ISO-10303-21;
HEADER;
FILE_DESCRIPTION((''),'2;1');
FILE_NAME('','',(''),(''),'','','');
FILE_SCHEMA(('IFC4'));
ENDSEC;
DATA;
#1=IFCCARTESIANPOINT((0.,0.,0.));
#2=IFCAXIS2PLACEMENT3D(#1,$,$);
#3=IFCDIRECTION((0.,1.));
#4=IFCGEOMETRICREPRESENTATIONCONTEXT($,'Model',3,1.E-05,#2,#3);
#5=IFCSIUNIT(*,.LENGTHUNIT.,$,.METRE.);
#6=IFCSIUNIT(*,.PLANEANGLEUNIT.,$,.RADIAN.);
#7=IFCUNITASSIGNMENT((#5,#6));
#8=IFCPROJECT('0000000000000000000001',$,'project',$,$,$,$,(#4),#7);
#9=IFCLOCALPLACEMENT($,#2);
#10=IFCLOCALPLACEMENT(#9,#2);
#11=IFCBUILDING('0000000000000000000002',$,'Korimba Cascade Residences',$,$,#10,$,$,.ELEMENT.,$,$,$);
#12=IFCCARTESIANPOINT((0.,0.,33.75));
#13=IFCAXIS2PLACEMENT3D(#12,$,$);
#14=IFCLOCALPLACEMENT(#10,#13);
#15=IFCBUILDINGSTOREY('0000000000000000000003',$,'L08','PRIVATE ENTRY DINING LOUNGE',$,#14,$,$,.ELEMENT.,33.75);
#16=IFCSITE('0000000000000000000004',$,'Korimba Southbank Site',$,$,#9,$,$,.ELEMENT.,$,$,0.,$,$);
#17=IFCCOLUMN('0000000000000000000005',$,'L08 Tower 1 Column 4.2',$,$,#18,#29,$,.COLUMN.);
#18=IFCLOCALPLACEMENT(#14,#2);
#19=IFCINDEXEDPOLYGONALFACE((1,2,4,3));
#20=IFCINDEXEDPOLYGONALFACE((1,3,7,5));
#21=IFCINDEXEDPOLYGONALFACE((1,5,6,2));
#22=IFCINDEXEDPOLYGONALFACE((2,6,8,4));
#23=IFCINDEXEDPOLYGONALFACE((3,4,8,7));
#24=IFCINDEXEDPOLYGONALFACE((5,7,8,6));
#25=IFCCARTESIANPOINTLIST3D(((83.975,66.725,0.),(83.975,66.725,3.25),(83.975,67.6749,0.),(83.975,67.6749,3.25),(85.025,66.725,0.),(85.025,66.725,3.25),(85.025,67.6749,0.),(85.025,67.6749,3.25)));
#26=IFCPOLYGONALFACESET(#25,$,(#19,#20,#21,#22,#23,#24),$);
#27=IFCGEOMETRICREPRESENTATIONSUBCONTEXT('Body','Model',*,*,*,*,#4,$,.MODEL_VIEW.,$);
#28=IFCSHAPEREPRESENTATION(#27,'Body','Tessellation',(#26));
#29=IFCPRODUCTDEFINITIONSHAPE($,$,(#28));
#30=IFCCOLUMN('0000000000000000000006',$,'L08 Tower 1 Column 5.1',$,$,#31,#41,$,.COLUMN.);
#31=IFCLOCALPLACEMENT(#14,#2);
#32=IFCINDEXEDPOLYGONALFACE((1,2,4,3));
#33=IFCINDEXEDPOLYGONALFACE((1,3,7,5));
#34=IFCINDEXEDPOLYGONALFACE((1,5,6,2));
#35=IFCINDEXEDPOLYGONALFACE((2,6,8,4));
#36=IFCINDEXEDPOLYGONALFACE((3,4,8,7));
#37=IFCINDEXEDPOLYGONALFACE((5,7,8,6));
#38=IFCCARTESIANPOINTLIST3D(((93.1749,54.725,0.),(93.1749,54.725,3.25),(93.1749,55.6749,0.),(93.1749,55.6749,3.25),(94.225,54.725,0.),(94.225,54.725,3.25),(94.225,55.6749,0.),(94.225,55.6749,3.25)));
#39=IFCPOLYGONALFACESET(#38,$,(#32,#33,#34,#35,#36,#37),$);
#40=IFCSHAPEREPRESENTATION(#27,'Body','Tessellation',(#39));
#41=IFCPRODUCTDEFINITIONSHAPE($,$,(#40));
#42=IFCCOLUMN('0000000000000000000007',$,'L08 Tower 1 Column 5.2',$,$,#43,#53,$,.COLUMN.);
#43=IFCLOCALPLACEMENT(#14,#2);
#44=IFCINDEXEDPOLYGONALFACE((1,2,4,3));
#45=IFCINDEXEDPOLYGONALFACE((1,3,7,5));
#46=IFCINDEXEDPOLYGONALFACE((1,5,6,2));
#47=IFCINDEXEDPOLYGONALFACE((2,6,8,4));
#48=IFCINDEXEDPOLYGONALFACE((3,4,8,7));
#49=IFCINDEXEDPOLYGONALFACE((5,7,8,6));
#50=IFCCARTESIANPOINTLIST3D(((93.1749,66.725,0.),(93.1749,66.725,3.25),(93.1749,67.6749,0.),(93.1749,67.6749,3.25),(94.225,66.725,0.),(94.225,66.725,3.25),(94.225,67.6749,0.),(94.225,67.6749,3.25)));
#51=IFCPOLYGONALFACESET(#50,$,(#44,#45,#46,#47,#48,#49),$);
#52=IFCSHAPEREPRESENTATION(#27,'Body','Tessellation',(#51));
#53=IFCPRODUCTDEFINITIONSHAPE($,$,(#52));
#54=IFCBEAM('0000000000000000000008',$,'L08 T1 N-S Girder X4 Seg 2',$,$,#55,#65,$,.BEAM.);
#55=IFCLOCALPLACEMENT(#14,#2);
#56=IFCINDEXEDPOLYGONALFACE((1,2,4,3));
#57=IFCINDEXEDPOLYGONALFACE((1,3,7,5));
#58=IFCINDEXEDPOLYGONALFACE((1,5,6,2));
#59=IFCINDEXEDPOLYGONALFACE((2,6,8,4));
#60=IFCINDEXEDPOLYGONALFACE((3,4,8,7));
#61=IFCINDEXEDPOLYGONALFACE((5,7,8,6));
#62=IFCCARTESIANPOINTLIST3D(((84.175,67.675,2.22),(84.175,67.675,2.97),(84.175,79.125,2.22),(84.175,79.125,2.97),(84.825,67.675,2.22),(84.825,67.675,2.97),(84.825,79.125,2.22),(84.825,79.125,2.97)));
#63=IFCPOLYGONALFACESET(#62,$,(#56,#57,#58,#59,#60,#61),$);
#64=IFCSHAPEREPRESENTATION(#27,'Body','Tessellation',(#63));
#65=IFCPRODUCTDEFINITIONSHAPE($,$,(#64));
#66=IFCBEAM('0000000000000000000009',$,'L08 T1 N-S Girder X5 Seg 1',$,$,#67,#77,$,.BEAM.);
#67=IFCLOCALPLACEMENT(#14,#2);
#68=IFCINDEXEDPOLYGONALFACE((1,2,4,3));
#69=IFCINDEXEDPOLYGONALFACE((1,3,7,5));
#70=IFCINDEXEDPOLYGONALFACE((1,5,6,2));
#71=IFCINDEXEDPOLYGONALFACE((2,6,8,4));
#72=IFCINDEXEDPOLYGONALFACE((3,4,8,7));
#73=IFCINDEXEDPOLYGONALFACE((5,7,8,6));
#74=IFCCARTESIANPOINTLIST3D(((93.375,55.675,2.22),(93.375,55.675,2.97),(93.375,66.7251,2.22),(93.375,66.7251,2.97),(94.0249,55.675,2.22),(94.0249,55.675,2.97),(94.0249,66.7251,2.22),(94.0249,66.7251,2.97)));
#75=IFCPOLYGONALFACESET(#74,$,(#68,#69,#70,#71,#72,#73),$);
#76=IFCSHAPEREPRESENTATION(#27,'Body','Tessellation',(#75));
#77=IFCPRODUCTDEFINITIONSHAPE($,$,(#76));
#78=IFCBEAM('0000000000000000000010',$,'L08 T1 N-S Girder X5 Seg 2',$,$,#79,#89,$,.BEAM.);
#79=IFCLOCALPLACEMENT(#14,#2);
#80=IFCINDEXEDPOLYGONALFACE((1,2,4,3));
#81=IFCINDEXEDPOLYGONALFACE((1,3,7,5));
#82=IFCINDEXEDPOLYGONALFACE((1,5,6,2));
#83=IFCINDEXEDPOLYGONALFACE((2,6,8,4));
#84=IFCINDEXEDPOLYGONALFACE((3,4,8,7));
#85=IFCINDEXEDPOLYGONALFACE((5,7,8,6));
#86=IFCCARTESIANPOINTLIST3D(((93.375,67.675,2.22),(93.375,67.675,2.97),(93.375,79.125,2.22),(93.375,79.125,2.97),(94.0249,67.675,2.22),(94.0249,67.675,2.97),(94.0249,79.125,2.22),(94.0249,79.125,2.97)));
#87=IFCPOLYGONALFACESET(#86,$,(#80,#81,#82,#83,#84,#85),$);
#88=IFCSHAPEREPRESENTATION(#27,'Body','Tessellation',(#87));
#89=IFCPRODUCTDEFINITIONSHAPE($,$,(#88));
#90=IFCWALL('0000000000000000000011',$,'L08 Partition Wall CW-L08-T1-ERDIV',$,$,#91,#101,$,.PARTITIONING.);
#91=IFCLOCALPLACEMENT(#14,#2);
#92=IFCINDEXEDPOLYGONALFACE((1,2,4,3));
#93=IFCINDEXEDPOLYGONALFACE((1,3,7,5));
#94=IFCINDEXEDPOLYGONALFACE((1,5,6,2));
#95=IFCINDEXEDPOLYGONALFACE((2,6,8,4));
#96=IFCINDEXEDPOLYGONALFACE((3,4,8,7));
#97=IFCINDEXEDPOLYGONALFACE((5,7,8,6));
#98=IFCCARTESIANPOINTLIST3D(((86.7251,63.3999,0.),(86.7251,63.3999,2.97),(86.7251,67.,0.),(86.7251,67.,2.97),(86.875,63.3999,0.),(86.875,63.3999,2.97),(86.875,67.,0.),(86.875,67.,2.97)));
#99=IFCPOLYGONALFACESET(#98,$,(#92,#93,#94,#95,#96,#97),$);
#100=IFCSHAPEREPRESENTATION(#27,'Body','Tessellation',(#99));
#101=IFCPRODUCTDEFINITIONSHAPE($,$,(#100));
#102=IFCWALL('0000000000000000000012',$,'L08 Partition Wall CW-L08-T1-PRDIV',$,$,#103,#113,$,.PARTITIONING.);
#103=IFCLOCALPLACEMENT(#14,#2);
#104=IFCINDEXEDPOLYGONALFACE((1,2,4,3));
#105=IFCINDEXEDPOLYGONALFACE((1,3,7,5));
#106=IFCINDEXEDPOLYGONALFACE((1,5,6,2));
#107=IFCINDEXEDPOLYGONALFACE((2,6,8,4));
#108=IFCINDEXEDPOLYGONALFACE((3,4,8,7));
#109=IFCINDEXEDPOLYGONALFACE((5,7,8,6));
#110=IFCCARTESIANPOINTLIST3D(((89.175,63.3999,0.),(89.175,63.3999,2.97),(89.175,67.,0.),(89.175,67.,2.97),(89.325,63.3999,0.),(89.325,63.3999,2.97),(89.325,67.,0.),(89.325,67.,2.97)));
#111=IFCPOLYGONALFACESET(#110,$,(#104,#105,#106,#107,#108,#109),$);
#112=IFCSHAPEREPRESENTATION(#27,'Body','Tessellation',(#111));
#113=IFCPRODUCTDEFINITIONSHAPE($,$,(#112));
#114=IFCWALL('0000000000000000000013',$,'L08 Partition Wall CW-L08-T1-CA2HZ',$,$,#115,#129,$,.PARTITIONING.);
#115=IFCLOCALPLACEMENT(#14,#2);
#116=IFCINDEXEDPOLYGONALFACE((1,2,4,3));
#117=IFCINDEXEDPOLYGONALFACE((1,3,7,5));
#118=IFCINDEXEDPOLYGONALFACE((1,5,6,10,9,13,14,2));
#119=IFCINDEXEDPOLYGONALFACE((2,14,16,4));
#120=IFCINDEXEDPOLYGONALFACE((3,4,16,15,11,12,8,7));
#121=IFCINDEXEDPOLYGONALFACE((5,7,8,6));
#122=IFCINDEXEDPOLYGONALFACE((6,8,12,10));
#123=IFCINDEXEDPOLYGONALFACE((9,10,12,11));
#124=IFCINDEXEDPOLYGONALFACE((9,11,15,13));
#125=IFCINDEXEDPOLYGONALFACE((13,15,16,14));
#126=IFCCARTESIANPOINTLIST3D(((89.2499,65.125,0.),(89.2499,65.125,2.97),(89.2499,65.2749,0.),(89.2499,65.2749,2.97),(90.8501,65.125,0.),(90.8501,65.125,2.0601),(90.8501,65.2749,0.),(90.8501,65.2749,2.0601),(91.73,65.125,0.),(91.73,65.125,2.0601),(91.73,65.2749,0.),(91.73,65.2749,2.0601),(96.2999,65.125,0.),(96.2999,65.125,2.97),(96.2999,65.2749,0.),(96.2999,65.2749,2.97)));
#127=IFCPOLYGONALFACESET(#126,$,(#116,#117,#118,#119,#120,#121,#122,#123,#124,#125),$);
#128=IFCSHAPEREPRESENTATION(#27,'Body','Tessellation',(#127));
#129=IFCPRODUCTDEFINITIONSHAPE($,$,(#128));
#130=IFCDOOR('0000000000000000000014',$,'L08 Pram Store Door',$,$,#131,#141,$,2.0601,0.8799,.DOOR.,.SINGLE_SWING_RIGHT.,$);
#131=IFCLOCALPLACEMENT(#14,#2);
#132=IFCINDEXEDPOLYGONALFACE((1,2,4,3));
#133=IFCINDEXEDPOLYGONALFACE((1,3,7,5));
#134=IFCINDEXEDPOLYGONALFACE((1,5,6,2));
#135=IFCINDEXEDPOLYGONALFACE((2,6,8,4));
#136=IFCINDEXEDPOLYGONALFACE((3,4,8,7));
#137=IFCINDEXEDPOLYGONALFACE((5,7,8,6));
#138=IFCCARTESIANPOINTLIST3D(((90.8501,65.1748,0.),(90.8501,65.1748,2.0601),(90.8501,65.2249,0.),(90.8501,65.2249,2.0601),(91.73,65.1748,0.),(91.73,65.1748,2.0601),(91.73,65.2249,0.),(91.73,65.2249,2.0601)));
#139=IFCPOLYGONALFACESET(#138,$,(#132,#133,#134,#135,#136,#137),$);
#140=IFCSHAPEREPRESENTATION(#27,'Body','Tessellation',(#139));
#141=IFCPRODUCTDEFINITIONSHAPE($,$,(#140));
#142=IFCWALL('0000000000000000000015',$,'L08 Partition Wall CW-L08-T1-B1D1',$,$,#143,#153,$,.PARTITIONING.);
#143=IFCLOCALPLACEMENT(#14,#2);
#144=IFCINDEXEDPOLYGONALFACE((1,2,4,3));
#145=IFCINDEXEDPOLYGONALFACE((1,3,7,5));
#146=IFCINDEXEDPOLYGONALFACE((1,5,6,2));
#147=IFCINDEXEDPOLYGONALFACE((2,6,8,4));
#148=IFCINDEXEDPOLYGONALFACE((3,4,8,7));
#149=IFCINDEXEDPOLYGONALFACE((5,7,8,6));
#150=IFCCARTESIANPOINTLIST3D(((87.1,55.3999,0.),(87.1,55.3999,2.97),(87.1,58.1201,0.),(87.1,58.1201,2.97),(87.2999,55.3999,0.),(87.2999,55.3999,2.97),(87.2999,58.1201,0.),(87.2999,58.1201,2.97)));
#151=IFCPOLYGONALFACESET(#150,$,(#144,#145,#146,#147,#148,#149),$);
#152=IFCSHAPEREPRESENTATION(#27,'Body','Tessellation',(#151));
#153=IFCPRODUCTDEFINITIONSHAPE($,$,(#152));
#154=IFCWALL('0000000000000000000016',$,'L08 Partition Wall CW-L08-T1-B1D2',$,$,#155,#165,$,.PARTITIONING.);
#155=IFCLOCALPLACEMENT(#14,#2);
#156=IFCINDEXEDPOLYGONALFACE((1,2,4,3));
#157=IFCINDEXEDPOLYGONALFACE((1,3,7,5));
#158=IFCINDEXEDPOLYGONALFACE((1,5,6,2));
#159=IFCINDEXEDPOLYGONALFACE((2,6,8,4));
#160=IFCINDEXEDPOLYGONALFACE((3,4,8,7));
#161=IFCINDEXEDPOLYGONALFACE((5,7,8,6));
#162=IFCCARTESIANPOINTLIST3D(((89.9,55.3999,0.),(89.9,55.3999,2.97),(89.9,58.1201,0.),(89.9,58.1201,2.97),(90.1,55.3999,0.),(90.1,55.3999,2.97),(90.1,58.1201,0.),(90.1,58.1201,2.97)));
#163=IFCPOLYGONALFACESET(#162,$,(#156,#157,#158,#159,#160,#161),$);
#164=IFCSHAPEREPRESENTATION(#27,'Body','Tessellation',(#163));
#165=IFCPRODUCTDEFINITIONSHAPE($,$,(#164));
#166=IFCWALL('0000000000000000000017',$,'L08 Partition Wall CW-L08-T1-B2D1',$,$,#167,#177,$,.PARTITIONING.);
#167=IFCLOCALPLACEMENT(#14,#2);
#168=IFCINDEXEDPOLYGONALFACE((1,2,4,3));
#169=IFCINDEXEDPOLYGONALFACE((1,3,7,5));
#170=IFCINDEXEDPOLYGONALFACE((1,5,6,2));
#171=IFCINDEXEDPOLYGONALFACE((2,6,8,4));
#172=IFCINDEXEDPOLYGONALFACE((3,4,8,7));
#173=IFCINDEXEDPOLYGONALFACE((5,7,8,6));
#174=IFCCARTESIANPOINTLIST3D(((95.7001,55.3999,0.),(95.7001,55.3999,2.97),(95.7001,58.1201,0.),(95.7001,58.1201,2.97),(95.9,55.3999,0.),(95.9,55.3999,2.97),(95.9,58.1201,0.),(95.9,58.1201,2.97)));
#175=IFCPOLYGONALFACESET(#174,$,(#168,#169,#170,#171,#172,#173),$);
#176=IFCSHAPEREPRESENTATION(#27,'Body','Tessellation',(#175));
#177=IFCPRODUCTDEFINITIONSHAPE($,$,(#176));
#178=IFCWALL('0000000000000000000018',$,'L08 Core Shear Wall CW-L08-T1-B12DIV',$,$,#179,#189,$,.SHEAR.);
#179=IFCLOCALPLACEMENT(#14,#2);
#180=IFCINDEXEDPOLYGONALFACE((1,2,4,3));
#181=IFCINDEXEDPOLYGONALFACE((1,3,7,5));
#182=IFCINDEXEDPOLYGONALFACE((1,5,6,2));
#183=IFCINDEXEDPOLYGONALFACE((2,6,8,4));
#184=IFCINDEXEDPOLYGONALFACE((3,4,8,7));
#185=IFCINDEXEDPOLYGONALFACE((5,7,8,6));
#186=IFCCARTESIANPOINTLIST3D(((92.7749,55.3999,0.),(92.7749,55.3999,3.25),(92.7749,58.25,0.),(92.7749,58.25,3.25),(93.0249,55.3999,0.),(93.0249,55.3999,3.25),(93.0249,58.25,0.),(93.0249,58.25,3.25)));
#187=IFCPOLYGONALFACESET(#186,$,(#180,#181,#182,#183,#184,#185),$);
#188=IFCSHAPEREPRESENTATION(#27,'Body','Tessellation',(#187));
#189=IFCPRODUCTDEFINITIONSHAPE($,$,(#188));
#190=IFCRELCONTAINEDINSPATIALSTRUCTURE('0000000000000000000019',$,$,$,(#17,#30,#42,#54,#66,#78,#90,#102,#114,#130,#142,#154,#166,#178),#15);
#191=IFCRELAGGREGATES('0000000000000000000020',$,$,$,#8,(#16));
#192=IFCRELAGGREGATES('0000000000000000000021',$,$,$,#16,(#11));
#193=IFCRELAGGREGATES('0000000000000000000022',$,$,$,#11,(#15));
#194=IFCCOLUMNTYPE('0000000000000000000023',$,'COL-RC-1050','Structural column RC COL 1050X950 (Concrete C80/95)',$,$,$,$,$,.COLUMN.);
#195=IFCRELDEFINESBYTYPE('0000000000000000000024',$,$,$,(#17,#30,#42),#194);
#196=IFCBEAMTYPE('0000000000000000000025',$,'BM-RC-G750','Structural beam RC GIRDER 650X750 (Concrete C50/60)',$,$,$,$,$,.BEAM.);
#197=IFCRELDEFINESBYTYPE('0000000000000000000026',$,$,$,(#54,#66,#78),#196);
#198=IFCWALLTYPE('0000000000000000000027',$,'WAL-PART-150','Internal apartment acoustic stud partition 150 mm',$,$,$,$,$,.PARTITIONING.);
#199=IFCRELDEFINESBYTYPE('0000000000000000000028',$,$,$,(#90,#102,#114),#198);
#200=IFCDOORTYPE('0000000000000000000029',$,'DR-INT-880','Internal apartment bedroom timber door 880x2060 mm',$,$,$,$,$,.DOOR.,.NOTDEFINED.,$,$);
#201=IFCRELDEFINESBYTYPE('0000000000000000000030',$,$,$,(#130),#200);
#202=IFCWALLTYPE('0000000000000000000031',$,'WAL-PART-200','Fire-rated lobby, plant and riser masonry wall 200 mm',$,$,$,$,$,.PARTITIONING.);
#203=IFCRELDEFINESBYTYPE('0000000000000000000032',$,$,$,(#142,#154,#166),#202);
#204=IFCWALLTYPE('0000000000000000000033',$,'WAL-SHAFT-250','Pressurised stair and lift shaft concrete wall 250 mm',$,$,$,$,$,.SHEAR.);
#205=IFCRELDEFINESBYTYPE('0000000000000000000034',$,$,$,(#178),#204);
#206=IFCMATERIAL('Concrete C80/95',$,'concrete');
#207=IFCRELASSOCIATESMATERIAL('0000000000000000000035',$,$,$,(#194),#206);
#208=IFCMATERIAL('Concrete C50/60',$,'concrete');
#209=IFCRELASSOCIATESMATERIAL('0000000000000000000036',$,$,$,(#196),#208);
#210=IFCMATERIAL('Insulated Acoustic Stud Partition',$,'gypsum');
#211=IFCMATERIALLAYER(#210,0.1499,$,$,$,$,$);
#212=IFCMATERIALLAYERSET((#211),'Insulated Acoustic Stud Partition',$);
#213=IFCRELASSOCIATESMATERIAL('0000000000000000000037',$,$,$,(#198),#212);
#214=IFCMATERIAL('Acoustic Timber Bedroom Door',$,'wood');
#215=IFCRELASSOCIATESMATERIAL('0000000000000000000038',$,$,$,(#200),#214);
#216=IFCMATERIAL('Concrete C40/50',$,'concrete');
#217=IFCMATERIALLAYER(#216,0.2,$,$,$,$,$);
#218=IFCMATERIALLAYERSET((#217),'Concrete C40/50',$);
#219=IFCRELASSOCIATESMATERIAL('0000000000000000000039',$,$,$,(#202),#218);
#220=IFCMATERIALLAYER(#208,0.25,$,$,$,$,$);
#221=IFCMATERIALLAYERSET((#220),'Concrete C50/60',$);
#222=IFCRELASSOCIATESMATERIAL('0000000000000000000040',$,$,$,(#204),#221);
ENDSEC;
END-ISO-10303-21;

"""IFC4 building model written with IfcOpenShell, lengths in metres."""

from ifc_helpers import new_model, si_unit, direction, frame, frame_2d, origin, origin_2d, place, context, subcontext, project, spatial, rectangle, extrude, material, layer, layer_set, material_profile, profile_set, type_object, element, fill, save


model = new_model("IFC4")

# Units and contexts
model_context = context("Model", 3, precision=1e-05, world=origin(), true_north=direction((0.0, 1.0)))
body_context = subcontext(model_context, "Body", "Model", "MODEL_VIEW")
ifc_project = project(units=[si_unit("LENGTHUNIT", "METRE"), si_unit("PLANEANGLEUNIT", "RADIAN")], contexts=[model_context])

# Site, building, storey
site_placement = place(None, origin())
site = spatial("IfcSite", under=ifc_project, at=site_placement, Name="Korimba Southbank Site", CompositionType="ELEMENT", RefElevation=0.0)
building_placement = place(site_placement, origin())
building = spatial("IfcBuilding", under=site, at=building_placement, Name="Korimba Cascade Residences", CompositionType="ELEMENT")
storey_placement = place(building_placement, frame((0.0, 0.0, 33.75)))
storey = spatial("IfcBuildingStorey", under=building, at=storey_placement, Name="L08", Description="PRIVATE ENTRY DINING LOUNGE", CompositionType="ELEMENT", Elevation=33.75)

# Columns
ifc_material_1 = material(Name="Concrete C80/95", Category="concrete")
ifc_material_profile_1 = material_profile(ifc_material_1, rectangle(XDim=1.05, YDim=0.95, at=origin_2d()), Name="Concrete C80/95")
ifc_profile_set_1 = profile_set([ifc_material_profile_1], Name="Concrete C80/95")
column_type = type_object("IfcColumnType", Name="COL-RC-1050", Description="Structural column RC COL 1050X950 (Concrete C80/95)", PredefinedType="COLUMN", material=ifc_profile_set_1)
for number, where, z_axis, x_axis, name in (
    (1, (84.5, 67.2, 0.0), (0.0, 0.0, 1.0), (1.0, 0.0, 0.0), "L08 Tower 1 Column 4.2"),
    (2, (93.7, 55.2, 0.0), (0.0, 0.0, 1.0), (1.0, 0.0, 0.0), "L08 Tower 1 Column 5.1"),
    (3, (93.7, 67.2, 0.0), (0.0, 0.0, 1.0), (1.0, 0.0, 0.0), "L08 Tower 1 Column 5.2"),
):
    element("IfcColumn", number, at=place(storey_placement, frame(where, z_axis=z_axis, x_axis=x_axis)), inside=storey, type_object=column_type, Name=name, PredefinedType="COLUMN", context=body_context, shape_type="SweptSolid", body=[
        extrude(rectangle(XDim=1.05, YDim=0.95, at=origin_2d()), origin(), (0.0, 0.0, 1.0), 3.25),
    ])

# Beams
ifc_material_2 = material(Name="Concrete C50/60", Category="concrete")
ifc_material_profile_2 = material_profile(ifc_material_2, rectangle(XDim=0.6499, YDim=0.75, at=origin_2d()), Name="Concrete C50/60")
ifc_profile_set_2 = profile_set([ifc_material_profile_2], Name="Concrete C50/60")
beam_type = type_object("IfcBeamType", Name="BM-RC-G750", Description="Structural beam RC GIRDER 650X750 (Concrete C50/60)", PredefinedType="BEAM", material=ifc_profile_set_2)
beam_1_placement = place(storey_placement, frame((84.5, 67.675, 2.595), z_axis=(0.0, 1.0, 0.0), x_axis=(-1.0, 0.0, 0.0)))
element("IfcBeam", 4, at=beam_1_placement, inside=storey, type_object=beam_type, Name="L08 T1 N-S Girder X4 Seg 2", PredefinedType="BEAM", context=body_context, shape_type="SweptSolid", body=[
    extrude(rectangle(XDim=0.6499, YDim=0.75, at=origin_2d()), origin(), (0.0, 0.0, 1.0), 11.45),
])
beam_2_placement = place(storey_placement, frame((93.7, 55.675, 2.595), z_axis=(0.0, 1.0, 0.0), x_axis=(-1.0, 0.0, 0.0)))
element("IfcBeam", 5, at=beam_2_placement, inside=storey, type_object=beam_type, Name="L08 T1 N-S Girder X5 Seg 1", PredefinedType="BEAM", context=body_context, shape_type="SweptSolid", body=[
    extrude(rectangle(XDim=0.6499, YDim=0.75, at=origin_2d()), origin(), (0.0, 0.0, 1.0), 11.05),
])
beam_3_placement = place(storey_placement, frame((93.7, 67.675, 2.595), z_axis=(0.0, 1.0, 0.0), x_axis=(-1.0, 0.0, 0.0)))
element("IfcBeam", 6, at=beam_3_placement, inside=storey, type_object=beam_type, Name="L08 T1 N-S Girder X5 Seg 2", PredefinedType="BEAM", context=body_context, shape_type="SweptSolid", body=[
    extrude(rectangle(XDim=0.6499, YDim=0.75, at=origin_2d()), origin(), (0.0, 0.0, 1.0), 11.45),
])

# Walls
ifc_material_3 = material(Name="Insulated Acoustic Stud Partition", Category="gypsum")
ifc_layer_1 = layer(ifc_material_3, 0.1499)
ifc_layer_set_1 = layer_set([ifc_layer_1], Name="Insulated Acoustic Stud Partition")
wall_type_1 = type_object("IfcWallType", Name="WAL-PART-150", Description="Internal apartment acoustic stud partition 150 mm", PredefinedType="PARTITIONING", material=ifc_layer_set_1)
for number, where, z_axis, x_axis, name in (
    (7, (86.8, 63.3999, 0.0), (0.0, 0.0, 1.0), (0.0, 1.0, 0.0), "L08 Partition Wall CW-L08-T1-ERDIV"),
    (8, (89.25, 63.3999, 0.0), (0.0, 0.0, 1.0), (0.0, 1.0, 0.0), "L08 Partition Wall CW-L08-T1-PRDIV"),
):
    element("IfcWall", number, at=place(storey_placement, frame(where, z_axis=z_axis, x_axis=x_axis)), inside=storey, type_object=wall_type_1, Name=name, PredefinedType="PARTITIONING", context=body_context, shape_type="SweptSolid", body=[
        extrude(rectangle(XDim=3.6001, YDim=0.1499, at=frame_2d((1.8, 0.0))), origin(), (0.0, 0.0, 1.0), 2.97),
    ])

# Wall, opening, door
wall_1_placement = place(storey_placement, frame((89.25, 65.2, 0.0), z_axis=(0.0, 0.0, 1.0), x_axis=(1.0, 0.0, 0.0)))
wall_1 = element("IfcWall", 9, at=wall_1_placement, inside=storey, type_object=wall_type_1, Name="L08 Partition Wall CW-L08-T1-CA2HZ", PredefinedType="PARTITIONING", context=body_context, shape_type="SweptSolid", body=[
    extrude(rectangle(XDim=7.05, YDim=0.1499, at=frame_2d((3.5249, 0.0))), origin(), (0.0, 0.0, 1.0), 2.97),
])
opening_placement = place(wall_1_placement, frame((1.6001, 0.0, 0.0)))
opening = element("IfcOpeningElement", 10, at=opening_placement, cuts=wall_1, PredefinedType="OPENING", context=body_context, shape_type="SweptSolid", body=[
    extrude(rectangle(XDim=0.8799, YDim=2.0601, at=frame_2d((0.4399, 1.03))), frame((0.0, 0.085, 0.0), z_axis=(0.0, -1.0, 0.0), x_axis=(1.0, 0.0, 0.0)), (0.0, 0.0, 1.0), 0.1699),
])
ifc_material_4 = material(Name="Acoustic Timber Bedroom Door", Category="wood")
door_type = type_object("IfcDoorType", Name="DR-INT-880", Description="Internal apartment bedroom timber door 880x2060 mm", OperationType="NOTDEFINED", PredefinedType="DOOR", material=ifc_material_4)
door_placement = place(opening_placement, origin())
door = element("IfcDoor", 11, at=door_placement, inside=storey, type_object=door_type, Name="L08 Pram Store Door", OperationType="SINGLE_SWING_RIGHT", OverallHeight=2.0601, OverallWidth=0.8799, PredefinedType="DOOR", context=body_context, shape_type="SweptSolid", body=[
    extrude(rectangle(XDim=0.8799, YDim=2.0601, at=frame_2d((0.4399, 1.03))), frame((0.0, 0.0249, 0.0), z_axis=(0.0, -1.0, 0.0), x_axis=(1.0, 0.0, 0.0)), (0.0, 0.0, 1.0), 0.05),
])
fill(opening, door)

# Walls
ifc_material_5 = material(Name="Concrete C40/50", Category="concrete")
ifc_layer_2 = layer(ifc_material_5, 0.2)
ifc_layer_set_2 = layer_set([ifc_layer_2], Name="Concrete C40/50")
wall_type_2 = type_object("IfcWallType", Name="WAL-PART-200", Description="Fire-rated lobby, plant and riser masonry wall 200 mm", PredefinedType="PARTITIONING", material=ifc_layer_set_2)
for number, where, z_axis, x_axis, name in (
    (12, (87.2, 55.3999, 0.0), (0.0, 0.0, 1.0), (0.0, 1.0, 0.0), "L08 Partition Wall CW-L08-T1-B1D1"),
    (13, (90.0, 55.3999, 0.0), (0.0, 0.0, 1.0), (0.0, 1.0, 0.0), "L08 Partition Wall CW-L08-T1-B1D2"),
    (14, (95.8, 55.3999, 0.0), (0.0, 0.0, 1.0), (0.0, 1.0, 0.0), "L08 Partition Wall CW-L08-T1-B2D1"),
):
    element("IfcWall", number, at=place(storey_placement, frame(where, z_axis=z_axis, x_axis=x_axis)), inside=storey, type_object=wall_type_2, Name=name, PredefinedType="PARTITIONING", context=body_context, shape_type="SweptSolid", body=[
        extrude(rectangle(XDim=2.7202, YDim=0.2, at=frame_2d((1.3601, 0.0))), origin(), (0.0, 0.0, 1.0), 2.97),
    ])
ifc_layer_3 = layer(ifc_material_2, 0.25)
ifc_layer_set_3 = layer_set([ifc_layer_3], Name="Concrete C50/60")
wall_type_3 = type_object("IfcWallType", Name="WAL-SHAFT-250", Description="Pressurised stair and lift shaft concrete wall 250 mm", PredefinedType="SHEAR", material=ifc_layer_set_3)
wall_2_placement = place(storey_placement, frame((92.8999, 55.3999, 0.0), z_axis=(0.0, 0.0, 1.0), x_axis=(0.0, 1.0, 0.0)))
element("IfcWall", 15, at=wall_2_placement, inside=storey, type_object=wall_type_3, Name="L08 Core Shear Wall CW-L08-T1-B12DIV", PredefinedType="SHEAR", context=body_context, shape_type="SweptSolid", body=[
    extrude(rectangle(XDim=2.8501, YDim=0.25, at=frame_2d((1.425, 0.0))), origin(), (0.0, 0.0, 1.0), 3.25),
])

save(model, "model.ifc")
